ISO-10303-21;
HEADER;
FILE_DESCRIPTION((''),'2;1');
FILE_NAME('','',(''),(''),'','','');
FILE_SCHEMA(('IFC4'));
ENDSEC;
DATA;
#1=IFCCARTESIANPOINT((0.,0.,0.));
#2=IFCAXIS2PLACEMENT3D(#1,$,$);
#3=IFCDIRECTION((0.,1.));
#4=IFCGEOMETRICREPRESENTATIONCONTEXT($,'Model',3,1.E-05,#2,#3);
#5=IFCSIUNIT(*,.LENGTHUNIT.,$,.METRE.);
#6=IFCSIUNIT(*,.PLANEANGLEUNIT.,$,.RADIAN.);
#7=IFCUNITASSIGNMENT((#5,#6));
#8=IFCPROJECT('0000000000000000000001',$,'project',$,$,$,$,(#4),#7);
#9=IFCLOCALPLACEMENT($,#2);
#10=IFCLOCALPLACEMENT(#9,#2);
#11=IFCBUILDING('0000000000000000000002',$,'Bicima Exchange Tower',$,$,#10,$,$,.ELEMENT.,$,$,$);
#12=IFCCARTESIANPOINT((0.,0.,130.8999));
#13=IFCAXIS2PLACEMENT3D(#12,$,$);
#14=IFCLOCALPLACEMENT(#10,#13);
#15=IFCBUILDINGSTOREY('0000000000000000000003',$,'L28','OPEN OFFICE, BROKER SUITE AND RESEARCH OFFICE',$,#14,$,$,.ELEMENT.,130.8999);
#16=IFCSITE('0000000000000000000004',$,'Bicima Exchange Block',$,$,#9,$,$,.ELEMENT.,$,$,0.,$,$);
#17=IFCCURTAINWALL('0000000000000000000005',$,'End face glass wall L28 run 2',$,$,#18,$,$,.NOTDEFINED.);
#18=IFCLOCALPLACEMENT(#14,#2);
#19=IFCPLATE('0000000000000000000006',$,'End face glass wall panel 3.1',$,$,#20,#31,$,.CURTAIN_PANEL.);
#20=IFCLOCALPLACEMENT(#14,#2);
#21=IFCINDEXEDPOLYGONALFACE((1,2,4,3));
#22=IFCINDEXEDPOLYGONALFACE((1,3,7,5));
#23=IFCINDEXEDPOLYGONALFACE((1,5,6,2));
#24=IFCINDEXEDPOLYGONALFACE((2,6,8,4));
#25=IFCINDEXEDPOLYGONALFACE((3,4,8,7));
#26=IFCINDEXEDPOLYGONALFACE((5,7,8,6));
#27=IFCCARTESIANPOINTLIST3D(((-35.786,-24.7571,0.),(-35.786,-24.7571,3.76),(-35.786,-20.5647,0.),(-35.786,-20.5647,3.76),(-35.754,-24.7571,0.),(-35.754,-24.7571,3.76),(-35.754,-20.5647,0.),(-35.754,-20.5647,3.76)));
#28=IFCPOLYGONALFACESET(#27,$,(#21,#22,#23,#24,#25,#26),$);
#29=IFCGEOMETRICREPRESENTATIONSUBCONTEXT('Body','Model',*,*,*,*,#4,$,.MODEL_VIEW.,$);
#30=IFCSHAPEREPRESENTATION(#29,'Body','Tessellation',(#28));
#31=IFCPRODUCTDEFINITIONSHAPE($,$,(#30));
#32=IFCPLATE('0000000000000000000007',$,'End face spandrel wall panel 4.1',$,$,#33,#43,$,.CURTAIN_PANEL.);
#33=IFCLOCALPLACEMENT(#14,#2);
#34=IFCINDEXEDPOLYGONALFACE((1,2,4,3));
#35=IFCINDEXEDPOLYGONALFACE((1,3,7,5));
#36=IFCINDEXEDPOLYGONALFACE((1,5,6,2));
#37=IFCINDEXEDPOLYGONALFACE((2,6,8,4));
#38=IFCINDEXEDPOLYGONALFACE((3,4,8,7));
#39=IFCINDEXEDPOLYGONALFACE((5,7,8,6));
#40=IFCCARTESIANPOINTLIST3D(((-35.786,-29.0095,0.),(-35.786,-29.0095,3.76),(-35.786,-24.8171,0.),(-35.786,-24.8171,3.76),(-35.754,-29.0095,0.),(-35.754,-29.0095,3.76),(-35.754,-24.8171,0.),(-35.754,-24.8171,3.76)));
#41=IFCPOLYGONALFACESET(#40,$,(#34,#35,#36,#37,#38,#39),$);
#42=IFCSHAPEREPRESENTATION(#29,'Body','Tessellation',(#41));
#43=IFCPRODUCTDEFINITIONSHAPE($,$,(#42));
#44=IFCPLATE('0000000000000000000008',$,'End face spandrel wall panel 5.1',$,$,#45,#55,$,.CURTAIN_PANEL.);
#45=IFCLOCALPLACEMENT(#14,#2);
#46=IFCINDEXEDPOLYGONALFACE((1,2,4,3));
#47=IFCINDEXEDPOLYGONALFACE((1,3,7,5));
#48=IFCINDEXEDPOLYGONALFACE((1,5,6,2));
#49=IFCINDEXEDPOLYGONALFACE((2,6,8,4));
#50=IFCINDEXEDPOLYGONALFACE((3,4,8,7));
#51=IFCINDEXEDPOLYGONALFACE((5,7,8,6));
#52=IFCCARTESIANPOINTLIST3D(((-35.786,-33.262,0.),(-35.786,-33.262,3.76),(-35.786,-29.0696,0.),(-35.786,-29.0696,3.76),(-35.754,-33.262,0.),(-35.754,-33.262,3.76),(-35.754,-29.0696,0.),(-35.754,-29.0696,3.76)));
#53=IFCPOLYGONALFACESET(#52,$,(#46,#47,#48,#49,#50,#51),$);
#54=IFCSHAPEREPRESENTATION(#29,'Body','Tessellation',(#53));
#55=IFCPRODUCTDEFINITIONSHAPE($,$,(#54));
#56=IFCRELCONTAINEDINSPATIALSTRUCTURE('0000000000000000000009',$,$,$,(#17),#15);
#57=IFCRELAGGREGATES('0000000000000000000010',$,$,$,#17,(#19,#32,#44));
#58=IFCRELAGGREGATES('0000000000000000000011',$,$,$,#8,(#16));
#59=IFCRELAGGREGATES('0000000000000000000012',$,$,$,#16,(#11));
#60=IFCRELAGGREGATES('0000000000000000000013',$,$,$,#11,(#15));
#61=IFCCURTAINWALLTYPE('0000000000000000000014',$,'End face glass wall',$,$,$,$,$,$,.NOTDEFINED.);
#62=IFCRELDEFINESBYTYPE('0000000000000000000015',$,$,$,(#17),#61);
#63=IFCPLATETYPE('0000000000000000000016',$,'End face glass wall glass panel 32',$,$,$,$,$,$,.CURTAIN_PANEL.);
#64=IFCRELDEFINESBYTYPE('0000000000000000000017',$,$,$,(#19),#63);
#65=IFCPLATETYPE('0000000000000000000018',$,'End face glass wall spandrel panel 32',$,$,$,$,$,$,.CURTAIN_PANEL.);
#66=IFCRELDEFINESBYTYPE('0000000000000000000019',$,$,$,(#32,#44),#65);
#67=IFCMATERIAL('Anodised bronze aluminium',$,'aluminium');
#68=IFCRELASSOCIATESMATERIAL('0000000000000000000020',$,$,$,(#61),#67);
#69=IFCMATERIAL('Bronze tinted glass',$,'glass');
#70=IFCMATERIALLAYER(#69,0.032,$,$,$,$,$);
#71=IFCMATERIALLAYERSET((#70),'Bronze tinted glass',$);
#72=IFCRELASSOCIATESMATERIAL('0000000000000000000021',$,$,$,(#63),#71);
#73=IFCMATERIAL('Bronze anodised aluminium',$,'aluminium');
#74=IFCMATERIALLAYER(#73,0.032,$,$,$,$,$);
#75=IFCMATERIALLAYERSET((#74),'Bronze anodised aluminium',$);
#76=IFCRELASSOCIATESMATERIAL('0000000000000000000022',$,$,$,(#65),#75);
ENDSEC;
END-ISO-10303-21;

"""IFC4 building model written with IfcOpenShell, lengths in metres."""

from ifc_helpers import new_model, si_unit, direction, frame, origin, origin_2d, place, context, subcontext, project, spatial, rectangle, extrude, material, layer, layer_set, type_object, element, aggregate, save


model = new_model("IFC4")

# Units and contexts
model_context = context("Model", 3, precision=1e-05, world=origin(), true_north=direction((0.0, 1.0)))
body_context = subcontext(model_context, "Body", "Model", "MODEL_VIEW")
ifc_project = project(units=[si_unit("LENGTHUNIT", "METRE"), si_unit("PLANEANGLEUNIT", "RADIAN")], contexts=[model_context])

# Site, building, storey
site_placement = place(None, origin())
site = spatial("IfcSite", under=ifc_project, at=site_placement, Name="Bicima Exchange Block", CompositionType="ELEMENT", RefElevation=0.0)
building_placement = place(site_placement, origin())
building = spatial("IfcBuilding", under=site, at=building_placement, Name="Bicima Exchange Tower", CompositionType="ELEMENT")
storey_placement = place(building_placement, frame((0.0, 0.0, 130.8999)))
storey = spatial("IfcBuildingStorey", under=building, at=storey_placement, Name="L28", Description="OPEN OFFICE, BROKER SUITE AND RESEARCH OFFICE", CompositionType="ELEMENT", Elevation=130.8999)

# Curtain wall
ifc_material_1 = material(Name="Anodised bronze aluminium", Category="aluminium")
curtain_wall_type_1 = type_object("IfcCurtainWallType", Name="End face glass wall", PredefinedType="NOTDEFINED", material=ifc_material_1)
curtain_wall_1_placement = place(storey_placement, origin())
curtain_wall_1 = element("IfcCurtainWall", 1, at=curtain_wall_1_placement, inside=storey, type_object=curtain_wall_type_1, Name="End face glass wall L28 run 2", PredefinedType="NOTDEFINED")

# Plates
ifc_material_2 = material(Name="Bronze tinted glass", Category="glass")
ifc_layer_1 = layer(ifc_material_2, 0.032)
ifc_layer_set_1 = layer_set([ifc_layer_1], Name="Bronze tinted glass")
plate_type_1 = type_object("IfcPlateType", Name="End face glass wall glass panel 32", PredefinedType="CURTAIN_PANEL", material=ifc_layer_set_1)
plate_1_placement = place(storey_placement, frame((-35.77, -22.6609, 0.0), z_axis=(0.0, 0.0, 1.0), x_axis=(0.0, -1.0, 0.0)))
plate_1 = element("IfcPlate", 2, at=plate_1_placement, type_object=plate_type_1, Name="End face glass wall panel 3.1", PredefinedType="CURTAIN_PANEL", context=body_context, shape_type="SweptSolid", body=[
    extrude(rectangle(XDim=4.1924, YDim=0.032, at=origin_2d()), origin(), (0.0, 0.0, 1.0), 3.76),
])
ifc_material_3 = material(Name="Bronze anodised aluminium", Category="aluminium")
ifc_layer_2 = layer(ifc_material_3, 0.032)
ifc_layer_set_2 = layer_set([ifc_layer_2], Name="Bronze anodised aluminium")
plate_type_2 = type_object("IfcPlateType", Name="End face glass wall spandrel panel 32", PredefinedType="CURTAIN_PANEL", material=ifc_layer_set_2)
plate_2_placement = place(storey_placement, frame((-35.77, -26.9133, 0.0), z_axis=(0.0, 0.0, 1.0), x_axis=(0.0, -1.0, 0.0)))
plate_2 = element("IfcPlate", 3, at=plate_2_placement, type_object=plate_type_2, Name="End face spandrel wall panel 4.1", PredefinedType="CURTAIN_PANEL", context=body_context, shape_type="SweptSolid", body=[
    extrude(rectangle(XDim=4.1924, YDim=0.032, at=origin_2d()), origin(), (0.0, 0.0, 1.0), 3.76),
])
plate_3_placement = place(storey_placement, frame((-35.77, -31.1658, 0.0), z_axis=(0.0, 0.0, 1.0), x_axis=(0.0, -1.0, 0.0)))
plate_3 = element("IfcPlate", 4, at=plate_3_placement, type_object=plate_type_2, Name="End face spandrel wall panel 5.1", PredefinedType="CURTAIN_PANEL", context=body_context, shape_type="SweptSolid", body=[
    extrude(rectangle(XDim=4.1924, YDim=0.032, at=origin_2d()), origin(), (0.0, 0.0, 1.0), 3.76),
])
aggregate(curtain_wall_1, [plate_1, plate_2, plate_3])

save(model, "model.ifc")
